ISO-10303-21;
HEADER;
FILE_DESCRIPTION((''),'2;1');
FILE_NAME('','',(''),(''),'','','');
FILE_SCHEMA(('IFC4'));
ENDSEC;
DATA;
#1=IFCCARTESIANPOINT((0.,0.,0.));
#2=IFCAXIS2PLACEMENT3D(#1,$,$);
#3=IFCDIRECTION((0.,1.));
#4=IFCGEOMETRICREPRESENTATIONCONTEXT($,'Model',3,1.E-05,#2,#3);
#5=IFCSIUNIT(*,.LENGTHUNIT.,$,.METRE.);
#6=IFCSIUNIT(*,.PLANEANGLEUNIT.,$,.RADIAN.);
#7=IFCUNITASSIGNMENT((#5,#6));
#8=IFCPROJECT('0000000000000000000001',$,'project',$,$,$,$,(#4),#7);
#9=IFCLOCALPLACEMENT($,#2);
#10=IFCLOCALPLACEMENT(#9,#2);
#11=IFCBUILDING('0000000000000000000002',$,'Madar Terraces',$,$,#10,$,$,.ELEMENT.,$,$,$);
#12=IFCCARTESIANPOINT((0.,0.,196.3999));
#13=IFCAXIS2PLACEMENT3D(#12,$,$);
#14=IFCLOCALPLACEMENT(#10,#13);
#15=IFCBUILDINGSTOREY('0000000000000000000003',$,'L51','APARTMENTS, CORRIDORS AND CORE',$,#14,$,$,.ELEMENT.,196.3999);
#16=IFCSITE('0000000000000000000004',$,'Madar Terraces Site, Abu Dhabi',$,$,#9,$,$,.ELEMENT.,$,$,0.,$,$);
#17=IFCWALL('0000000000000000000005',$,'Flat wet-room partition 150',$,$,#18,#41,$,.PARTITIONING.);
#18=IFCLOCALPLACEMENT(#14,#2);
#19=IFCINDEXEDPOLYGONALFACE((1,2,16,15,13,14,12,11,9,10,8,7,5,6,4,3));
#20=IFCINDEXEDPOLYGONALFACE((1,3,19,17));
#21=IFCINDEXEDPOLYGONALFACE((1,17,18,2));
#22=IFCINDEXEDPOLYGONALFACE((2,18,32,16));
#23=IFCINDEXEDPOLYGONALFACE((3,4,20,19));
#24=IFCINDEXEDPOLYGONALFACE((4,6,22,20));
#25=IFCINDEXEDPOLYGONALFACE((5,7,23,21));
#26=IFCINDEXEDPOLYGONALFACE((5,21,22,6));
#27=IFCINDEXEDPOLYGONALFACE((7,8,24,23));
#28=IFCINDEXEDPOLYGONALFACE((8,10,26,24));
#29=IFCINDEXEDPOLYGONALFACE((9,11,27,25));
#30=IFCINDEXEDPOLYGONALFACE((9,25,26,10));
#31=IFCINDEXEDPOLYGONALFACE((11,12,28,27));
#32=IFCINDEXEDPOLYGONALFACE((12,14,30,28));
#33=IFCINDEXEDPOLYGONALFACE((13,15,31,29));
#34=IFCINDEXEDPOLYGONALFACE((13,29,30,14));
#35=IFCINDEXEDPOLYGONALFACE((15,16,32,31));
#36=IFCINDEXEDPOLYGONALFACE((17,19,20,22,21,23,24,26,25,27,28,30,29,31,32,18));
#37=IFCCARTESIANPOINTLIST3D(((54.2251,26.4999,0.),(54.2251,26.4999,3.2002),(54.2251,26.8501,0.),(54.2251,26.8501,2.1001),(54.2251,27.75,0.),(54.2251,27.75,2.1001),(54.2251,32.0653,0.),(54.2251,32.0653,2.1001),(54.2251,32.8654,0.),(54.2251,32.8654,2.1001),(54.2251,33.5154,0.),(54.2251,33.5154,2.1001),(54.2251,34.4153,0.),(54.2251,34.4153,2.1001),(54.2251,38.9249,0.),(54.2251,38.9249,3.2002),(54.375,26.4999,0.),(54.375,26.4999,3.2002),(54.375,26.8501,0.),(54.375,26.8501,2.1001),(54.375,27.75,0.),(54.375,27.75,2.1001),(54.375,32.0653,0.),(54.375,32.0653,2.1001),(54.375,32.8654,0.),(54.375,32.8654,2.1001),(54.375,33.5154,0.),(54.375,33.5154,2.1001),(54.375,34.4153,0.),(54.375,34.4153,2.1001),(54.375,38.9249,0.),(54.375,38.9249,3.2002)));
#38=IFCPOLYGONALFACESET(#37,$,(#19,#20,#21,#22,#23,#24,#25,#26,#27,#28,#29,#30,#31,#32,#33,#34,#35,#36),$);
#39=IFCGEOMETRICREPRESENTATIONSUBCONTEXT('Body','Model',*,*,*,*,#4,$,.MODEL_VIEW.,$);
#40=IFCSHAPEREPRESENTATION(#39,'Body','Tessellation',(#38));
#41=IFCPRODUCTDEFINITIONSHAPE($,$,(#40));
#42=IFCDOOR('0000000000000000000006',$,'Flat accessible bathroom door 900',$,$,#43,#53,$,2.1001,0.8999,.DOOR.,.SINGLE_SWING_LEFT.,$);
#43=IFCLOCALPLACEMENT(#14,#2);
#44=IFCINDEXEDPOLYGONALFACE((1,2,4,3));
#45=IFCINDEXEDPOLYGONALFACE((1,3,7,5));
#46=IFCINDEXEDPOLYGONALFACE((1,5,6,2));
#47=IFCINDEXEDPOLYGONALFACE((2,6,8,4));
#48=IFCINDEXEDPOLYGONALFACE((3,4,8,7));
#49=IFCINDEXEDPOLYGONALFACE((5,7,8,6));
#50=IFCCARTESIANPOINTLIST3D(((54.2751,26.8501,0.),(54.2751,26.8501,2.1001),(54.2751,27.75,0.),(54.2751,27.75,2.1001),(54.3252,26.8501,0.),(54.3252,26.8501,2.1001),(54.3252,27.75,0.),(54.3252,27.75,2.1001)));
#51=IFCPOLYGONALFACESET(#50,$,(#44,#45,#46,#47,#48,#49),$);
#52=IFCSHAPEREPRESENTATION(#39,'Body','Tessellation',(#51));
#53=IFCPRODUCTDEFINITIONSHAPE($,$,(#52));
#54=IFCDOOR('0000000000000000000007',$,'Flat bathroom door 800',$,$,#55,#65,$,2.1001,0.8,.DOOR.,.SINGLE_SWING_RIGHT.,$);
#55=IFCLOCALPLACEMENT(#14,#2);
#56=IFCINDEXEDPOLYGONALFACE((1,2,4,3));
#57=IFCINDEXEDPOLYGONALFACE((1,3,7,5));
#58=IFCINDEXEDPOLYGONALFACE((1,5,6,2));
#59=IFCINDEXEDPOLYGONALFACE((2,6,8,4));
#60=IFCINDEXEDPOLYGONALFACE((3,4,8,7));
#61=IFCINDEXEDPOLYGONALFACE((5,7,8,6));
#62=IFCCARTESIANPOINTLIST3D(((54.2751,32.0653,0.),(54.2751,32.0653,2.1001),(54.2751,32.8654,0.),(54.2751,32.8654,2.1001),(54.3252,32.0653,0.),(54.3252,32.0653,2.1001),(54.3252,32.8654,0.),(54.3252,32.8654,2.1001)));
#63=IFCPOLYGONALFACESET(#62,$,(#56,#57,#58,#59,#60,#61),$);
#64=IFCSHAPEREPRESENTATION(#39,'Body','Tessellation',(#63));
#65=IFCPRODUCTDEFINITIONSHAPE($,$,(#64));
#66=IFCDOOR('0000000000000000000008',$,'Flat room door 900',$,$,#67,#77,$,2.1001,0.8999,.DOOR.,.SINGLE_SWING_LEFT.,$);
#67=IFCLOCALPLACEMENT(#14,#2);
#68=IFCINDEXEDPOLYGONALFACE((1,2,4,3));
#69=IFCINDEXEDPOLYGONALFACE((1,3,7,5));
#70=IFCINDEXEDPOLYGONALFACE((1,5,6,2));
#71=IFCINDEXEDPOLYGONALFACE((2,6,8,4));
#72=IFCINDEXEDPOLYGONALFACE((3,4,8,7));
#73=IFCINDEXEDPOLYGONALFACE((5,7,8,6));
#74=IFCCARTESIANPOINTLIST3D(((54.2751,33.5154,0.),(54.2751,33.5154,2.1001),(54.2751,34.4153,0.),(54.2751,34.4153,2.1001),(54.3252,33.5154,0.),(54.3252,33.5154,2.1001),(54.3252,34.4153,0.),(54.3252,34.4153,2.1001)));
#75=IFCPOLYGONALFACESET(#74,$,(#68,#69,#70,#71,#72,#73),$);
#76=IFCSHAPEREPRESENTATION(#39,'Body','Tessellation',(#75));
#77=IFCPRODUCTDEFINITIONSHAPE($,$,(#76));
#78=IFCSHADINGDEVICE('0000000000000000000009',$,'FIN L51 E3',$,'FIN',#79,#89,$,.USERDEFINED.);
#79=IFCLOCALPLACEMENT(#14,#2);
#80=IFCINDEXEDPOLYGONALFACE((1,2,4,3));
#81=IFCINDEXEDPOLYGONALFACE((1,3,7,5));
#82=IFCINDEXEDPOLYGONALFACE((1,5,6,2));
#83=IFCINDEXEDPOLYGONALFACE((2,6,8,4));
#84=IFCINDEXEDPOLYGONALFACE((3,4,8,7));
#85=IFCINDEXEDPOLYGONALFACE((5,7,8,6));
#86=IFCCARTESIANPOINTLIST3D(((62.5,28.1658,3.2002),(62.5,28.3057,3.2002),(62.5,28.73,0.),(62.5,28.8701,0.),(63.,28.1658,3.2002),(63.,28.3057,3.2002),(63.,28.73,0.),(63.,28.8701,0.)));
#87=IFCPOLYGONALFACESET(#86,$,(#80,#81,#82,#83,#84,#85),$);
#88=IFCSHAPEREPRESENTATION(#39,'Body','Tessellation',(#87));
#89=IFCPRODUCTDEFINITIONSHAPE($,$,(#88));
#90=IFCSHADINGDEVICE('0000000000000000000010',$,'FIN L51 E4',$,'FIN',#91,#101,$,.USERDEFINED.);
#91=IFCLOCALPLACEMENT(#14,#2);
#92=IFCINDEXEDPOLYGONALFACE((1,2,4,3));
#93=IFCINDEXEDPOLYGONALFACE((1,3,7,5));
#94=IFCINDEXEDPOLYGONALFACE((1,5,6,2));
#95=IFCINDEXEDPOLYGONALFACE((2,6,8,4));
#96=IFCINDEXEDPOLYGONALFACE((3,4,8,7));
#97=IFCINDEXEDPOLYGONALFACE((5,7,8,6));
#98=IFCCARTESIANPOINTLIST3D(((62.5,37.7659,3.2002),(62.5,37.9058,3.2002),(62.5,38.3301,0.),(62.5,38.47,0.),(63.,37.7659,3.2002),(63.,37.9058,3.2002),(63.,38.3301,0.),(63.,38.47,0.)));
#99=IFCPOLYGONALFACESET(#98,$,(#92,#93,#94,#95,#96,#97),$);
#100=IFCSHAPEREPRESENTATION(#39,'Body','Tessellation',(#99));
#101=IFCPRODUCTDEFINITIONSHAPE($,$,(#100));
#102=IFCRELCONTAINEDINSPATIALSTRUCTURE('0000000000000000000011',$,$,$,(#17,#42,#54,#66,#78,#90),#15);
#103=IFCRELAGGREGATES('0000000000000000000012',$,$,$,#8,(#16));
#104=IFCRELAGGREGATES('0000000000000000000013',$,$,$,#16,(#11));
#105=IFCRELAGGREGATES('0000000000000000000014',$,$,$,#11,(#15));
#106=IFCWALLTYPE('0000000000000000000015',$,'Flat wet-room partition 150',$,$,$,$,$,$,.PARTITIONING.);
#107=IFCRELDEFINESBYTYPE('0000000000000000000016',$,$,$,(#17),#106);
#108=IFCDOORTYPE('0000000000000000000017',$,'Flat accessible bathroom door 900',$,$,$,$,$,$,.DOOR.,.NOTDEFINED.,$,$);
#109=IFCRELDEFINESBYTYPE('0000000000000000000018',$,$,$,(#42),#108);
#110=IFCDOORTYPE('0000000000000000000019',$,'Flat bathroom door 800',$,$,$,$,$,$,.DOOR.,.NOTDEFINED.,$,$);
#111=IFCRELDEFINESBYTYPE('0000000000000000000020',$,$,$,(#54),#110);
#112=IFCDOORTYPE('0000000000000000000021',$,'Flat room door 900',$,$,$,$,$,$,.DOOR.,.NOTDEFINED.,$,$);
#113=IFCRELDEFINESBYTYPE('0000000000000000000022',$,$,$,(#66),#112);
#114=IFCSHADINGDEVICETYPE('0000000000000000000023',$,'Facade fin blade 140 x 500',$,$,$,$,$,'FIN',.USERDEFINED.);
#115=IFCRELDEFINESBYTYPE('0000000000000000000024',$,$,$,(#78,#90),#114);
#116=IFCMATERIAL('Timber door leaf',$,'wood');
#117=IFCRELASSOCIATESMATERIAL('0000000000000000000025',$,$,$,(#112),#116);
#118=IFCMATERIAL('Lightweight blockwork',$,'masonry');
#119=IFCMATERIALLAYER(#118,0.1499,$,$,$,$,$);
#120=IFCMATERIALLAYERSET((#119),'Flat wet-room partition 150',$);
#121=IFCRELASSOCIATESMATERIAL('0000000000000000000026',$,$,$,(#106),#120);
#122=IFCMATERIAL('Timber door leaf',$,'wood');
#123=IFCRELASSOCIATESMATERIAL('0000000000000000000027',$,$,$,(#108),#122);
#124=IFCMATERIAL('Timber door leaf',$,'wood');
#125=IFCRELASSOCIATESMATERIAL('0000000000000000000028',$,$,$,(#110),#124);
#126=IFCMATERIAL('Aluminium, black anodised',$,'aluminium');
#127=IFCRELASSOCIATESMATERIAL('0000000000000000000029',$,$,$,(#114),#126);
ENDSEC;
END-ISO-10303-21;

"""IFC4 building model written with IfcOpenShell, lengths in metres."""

from ifc_helpers import new_model, si_unit, direction, frame, frame_2d, origin, place, context, subcontext, project, spatial, polyline, rectangle, outline, extrude, material, layer, layer_set, type_object, element, fill, save


model = new_model("IFC4")

# Units and contexts
model_context = context("Model", 3, precision=1e-05, world=origin(), true_north=direction((0.0, 1.0)))
body_context = subcontext(model_context, "Body", "Model", "MODEL_VIEW")
ifc_project = project(units=[si_unit("LENGTHUNIT", "METRE"), si_unit("PLANEANGLEUNIT", "RADIAN")], contexts=[model_context])

# Site, building, storey
site_placement = place(None, origin())
site = spatial("IfcSite", under=ifc_project, at=site_placement, Name="Madar Terraces Site, Abu Dhabi", CompositionType="ELEMENT", RefElevation=0.0)
building_placement = place(site_placement, origin())
building = spatial("IfcBuilding", under=site, at=building_placement, Name="Madar Terraces", CompositionType="ELEMENT")
storey_placement = place(building_placement, frame((0.0, 0.0, 196.3999)))
storey = spatial("IfcBuildingStorey", under=building, at=storey_placement, Name="L51", Description="APARTMENTS, CORRIDORS AND CORE", CompositionType="ELEMENT", Elevation=196.3999)

# Shared definitions
ifc_material_1 = material(Name="Timber door leaf", Category="wood")
door_type_1 = type_object("IfcDoorType", Name="Flat room door 900", OperationType="NOTDEFINED", PredefinedType="DOOR", material=ifc_material_1)

# Shared definitions
ifc_material_2 = material(Name="Lightweight blockwork", Category="masonry")
ifc_layer_1 = layer(ifc_material_2, 0.1499)
ifc_layer_set_1 = layer_set([ifc_layer_1], Name="Flat wet-room partition 150")
wall_type_1 = type_object("IfcWallType", Name="Flat wet-room partition 150", PredefinedType="PARTITIONING", material=ifc_layer_set_1)

# Wall, openings, doors
wall_1_placement = place(storey_placement, frame((54.3, 26.5, 0.0), z_axis=(0.0, 0.0, 1.0), x_axis=(0.0, 1.0, 0.0)))
wall_1 = element("IfcWall", 1, at=wall_1_placement, inside=storey, type_object=wall_type_1, Name="Flat wet-room partition 150", PredefinedType="PARTITIONING", context=body_context, shape_type="SweptSolid", body=[
    extrude(rectangle(XDim=12.425, YDim=0.1499, at=frame_2d((6.2124, 0.0))), origin(), (0.0, 0.0, 1.0), 3.2002),
])
opening_1_placement = place(wall_1_placement, frame((7.0154, 0.0, 0.0)))
opening_1 = element("IfcOpeningElement", 2, at=opening_1_placement, cuts=wall_1, PredefinedType="OPENING", context=body_context, shape_type="SweptSolid", body=[
    extrude(rectangle(XDim=0.8999, YDim=2.1001, at=frame_2d((0.45, 1.05))), frame((0.0, 0.085, 0.0), z_axis=(0.0, -1.0, 0.0), x_axis=(1.0, 0.0, 0.0)), (0.0, 0.0, 1.0), 0.1699),
])
opening_2_placement = place(wall_1_placement, frame((5.5654, 0.0, 0.0)))
opening_2 = element("IfcOpeningElement", 3, at=opening_2_placement, cuts=wall_1, PredefinedType="OPENING", context=body_context, shape_type="SweptSolid", body=[
    extrude(rectangle(XDim=0.8, YDim=2.1001, at=frame_2d((0.3999, 1.05))), frame((0.0, 0.085, 0.0), z_axis=(0.0, -1.0, 0.0), x_axis=(1.0, 0.0, 0.0)), (0.0, 0.0, 1.0), 0.1699),
])
opening_3_placement = place(wall_1_placement, frame((0.3501, 0.0, 0.0)))
opening_3 = element("IfcOpeningElement", 4, at=opening_3_placement, cuts=wall_1, PredefinedType="OPENING", context=body_context, shape_type="SweptSolid", body=[
    extrude(rectangle(XDim=0.8999, YDim=2.1001, at=frame_2d((0.45, 1.05))), frame((0.0, 0.085, 0.0), z_axis=(0.0, -1.0, 0.0), x_axis=(1.0, 0.0, 0.0)), (0.0, 0.0, 1.0), 0.1699),
])
ifc_material_3 = material(Name="Timber door leaf", Category="wood")
door_type_2 = type_object("IfcDoorType", Name="Flat accessible bathroom door 900", OperationType="NOTDEFINED", PredefinedType="DOOR", material=ifc_material_3)
door_1_placement = place(opening_3_placement, origin())
door_1 = element("IfcDoor", 5, at=door_1_placement, inside=storey, type_object=door_type_2, Name="Flat accessible bathroom door 900", OperationType="SINGLE_SWING_LEFT", OverallHeight=2.1001, OverallWidth=0.8999, PredefinedType="DOOR", context=body_context, shape_type="SweptSolid", body=[
    extrude(rectangle(XDim=0.8999, YDim=2.1001, at=frame_2d((0.45, 1.05))), frame((0.0, 0.0249, 0.0), z_axis=(0.0, -1.0, 0.0), x_axis=(1.0, 0.0, 0.0)), (0.0, 0.0, 1.0), 0.05),
])
fill(opening_3, door_1)
ifc_material_4 = material(Name="Timber door leaf", Category="wood")
door_type_3 = type_object("IfcDoorType", Name="Flat bathroom door 800", OperationType="NOTDEFINED", PredefinedType="DOOR", material=ifc_material_4)
door_2_placement = place(opening_2_placement, origin())
door_2 = element("IfcDoor", 6, at=door_2_placement, inside=storey, type_object=door_type_3, Name="Flat bathroom door 800", OperationType="SINGLE_SWING_RIGHT", OverallHeight=2.1001, OverallWidth=0.8, PredefinedType="DOOR", context=body_context, shape_type="SweptSolid", body=[
    extrude(rectangle(XDim=0.8, YDim=2.1001, at=frame_2d((0.3999, 1.05))), frame((0.0, 0.0249, 0.0), z_axis=(0.0, -1.0, 0.0), x_axis=(1.0, 0.0, 0.0)), (0.0, 0.0, 1.0), 0.05),
])
fill(opening_2, door_2)
door_3_placement = place(opening_1_placement, origin())
door_3 = element("IfcDoor", 7, at=door_3_placement, inside=storey, type_object=door_type_1, Name="Flat room door 900", OperationType="SINGLE_SWING_LEFT", OverallHeight=2.1001, OverallWidth=0.8999, PredefinedType="DOOR", context=body_context, shape_type="SweptSolid", body=[
    extrude(rectangle(XDim=0.8999, YDim=2.1001, at=frame_2d((0.45, 1.05))), frame((0.0, 0.0249, 0.0), z_axis=(0.0, -1.0, 0.0), x_axis=(1.0, 0.0, 0.0)), (0.0, 0.0, 1.0), 0.05),
])
fill(opening_1, door_3)

# Shading devices
ifc_material_5 = material(Name="Aluminium, black anodised", Category="aluminium")
shading_device_type = type_object("IfcShadingDeviceType", Name="Facade fin blade 140 x 500", ElementType="FIN", PredefinedType="USERDEFINED", material=ifc_material_5)
shading_device_1_placement = place(storey_placement, frame((62.75, 28.73, 0.0), z_axis=(0.0, 0.0, 1.0), x_axis=(0.0, 1.0, 0.0)))
element("IfcShadingDevice", 8, at=shading_device_1_placement, inside=storey, type_object=shading_device_type, Name="FIN L51 E3", ObjectType="FIN", PredefinedType="USERDEFINED", context=body_context, shape_type="SweptSolid", body=[
    extrude(outline(polyline([(0.0, 0.0), (0.1401, 0.0), (-0.4243, 3.2002), (-0.5642, 3.2002), (0.0, 0.0)])), frame((0.0, 0.25, 0.0), z_axis=(0.0, -1.0, 0.0), x_axis=(1.0, 0.0, 0.0)), (0.0, 0.0, 1.0), 0.5),
])
shading_device_2_placement = place(storey_placement, frame((62.75, 38.3301, 0.0), z_axis=(0.0, 0.0, 1.0), x_axis=(0.0, 1.0, 0.0)))
element("IfcShadingDevice", 9, at=shading_device_2_placement, inside=storey, type_object=shading_device_type, Name="FIN L51 E4", ObjectType="FIN", PredefinedType="USERDEFINED", context=body_context, shape_type="SweptSolid", body=[
    extrude(outline(polyline([(0.0, 0.0), (0.1399, 0.0), (-0.4243, 3.2002), (-0.5642, 3.2002), (0.0, 0.0)])), frame((0.0, 0.25, 0.0), z_axis=(0.0, -1.0, 0.0), x_axis=(1.0, 0.0, 0.0)), (0.0, 0.0, 1.0), 0.5),
])

save(model, "model.ifc")
